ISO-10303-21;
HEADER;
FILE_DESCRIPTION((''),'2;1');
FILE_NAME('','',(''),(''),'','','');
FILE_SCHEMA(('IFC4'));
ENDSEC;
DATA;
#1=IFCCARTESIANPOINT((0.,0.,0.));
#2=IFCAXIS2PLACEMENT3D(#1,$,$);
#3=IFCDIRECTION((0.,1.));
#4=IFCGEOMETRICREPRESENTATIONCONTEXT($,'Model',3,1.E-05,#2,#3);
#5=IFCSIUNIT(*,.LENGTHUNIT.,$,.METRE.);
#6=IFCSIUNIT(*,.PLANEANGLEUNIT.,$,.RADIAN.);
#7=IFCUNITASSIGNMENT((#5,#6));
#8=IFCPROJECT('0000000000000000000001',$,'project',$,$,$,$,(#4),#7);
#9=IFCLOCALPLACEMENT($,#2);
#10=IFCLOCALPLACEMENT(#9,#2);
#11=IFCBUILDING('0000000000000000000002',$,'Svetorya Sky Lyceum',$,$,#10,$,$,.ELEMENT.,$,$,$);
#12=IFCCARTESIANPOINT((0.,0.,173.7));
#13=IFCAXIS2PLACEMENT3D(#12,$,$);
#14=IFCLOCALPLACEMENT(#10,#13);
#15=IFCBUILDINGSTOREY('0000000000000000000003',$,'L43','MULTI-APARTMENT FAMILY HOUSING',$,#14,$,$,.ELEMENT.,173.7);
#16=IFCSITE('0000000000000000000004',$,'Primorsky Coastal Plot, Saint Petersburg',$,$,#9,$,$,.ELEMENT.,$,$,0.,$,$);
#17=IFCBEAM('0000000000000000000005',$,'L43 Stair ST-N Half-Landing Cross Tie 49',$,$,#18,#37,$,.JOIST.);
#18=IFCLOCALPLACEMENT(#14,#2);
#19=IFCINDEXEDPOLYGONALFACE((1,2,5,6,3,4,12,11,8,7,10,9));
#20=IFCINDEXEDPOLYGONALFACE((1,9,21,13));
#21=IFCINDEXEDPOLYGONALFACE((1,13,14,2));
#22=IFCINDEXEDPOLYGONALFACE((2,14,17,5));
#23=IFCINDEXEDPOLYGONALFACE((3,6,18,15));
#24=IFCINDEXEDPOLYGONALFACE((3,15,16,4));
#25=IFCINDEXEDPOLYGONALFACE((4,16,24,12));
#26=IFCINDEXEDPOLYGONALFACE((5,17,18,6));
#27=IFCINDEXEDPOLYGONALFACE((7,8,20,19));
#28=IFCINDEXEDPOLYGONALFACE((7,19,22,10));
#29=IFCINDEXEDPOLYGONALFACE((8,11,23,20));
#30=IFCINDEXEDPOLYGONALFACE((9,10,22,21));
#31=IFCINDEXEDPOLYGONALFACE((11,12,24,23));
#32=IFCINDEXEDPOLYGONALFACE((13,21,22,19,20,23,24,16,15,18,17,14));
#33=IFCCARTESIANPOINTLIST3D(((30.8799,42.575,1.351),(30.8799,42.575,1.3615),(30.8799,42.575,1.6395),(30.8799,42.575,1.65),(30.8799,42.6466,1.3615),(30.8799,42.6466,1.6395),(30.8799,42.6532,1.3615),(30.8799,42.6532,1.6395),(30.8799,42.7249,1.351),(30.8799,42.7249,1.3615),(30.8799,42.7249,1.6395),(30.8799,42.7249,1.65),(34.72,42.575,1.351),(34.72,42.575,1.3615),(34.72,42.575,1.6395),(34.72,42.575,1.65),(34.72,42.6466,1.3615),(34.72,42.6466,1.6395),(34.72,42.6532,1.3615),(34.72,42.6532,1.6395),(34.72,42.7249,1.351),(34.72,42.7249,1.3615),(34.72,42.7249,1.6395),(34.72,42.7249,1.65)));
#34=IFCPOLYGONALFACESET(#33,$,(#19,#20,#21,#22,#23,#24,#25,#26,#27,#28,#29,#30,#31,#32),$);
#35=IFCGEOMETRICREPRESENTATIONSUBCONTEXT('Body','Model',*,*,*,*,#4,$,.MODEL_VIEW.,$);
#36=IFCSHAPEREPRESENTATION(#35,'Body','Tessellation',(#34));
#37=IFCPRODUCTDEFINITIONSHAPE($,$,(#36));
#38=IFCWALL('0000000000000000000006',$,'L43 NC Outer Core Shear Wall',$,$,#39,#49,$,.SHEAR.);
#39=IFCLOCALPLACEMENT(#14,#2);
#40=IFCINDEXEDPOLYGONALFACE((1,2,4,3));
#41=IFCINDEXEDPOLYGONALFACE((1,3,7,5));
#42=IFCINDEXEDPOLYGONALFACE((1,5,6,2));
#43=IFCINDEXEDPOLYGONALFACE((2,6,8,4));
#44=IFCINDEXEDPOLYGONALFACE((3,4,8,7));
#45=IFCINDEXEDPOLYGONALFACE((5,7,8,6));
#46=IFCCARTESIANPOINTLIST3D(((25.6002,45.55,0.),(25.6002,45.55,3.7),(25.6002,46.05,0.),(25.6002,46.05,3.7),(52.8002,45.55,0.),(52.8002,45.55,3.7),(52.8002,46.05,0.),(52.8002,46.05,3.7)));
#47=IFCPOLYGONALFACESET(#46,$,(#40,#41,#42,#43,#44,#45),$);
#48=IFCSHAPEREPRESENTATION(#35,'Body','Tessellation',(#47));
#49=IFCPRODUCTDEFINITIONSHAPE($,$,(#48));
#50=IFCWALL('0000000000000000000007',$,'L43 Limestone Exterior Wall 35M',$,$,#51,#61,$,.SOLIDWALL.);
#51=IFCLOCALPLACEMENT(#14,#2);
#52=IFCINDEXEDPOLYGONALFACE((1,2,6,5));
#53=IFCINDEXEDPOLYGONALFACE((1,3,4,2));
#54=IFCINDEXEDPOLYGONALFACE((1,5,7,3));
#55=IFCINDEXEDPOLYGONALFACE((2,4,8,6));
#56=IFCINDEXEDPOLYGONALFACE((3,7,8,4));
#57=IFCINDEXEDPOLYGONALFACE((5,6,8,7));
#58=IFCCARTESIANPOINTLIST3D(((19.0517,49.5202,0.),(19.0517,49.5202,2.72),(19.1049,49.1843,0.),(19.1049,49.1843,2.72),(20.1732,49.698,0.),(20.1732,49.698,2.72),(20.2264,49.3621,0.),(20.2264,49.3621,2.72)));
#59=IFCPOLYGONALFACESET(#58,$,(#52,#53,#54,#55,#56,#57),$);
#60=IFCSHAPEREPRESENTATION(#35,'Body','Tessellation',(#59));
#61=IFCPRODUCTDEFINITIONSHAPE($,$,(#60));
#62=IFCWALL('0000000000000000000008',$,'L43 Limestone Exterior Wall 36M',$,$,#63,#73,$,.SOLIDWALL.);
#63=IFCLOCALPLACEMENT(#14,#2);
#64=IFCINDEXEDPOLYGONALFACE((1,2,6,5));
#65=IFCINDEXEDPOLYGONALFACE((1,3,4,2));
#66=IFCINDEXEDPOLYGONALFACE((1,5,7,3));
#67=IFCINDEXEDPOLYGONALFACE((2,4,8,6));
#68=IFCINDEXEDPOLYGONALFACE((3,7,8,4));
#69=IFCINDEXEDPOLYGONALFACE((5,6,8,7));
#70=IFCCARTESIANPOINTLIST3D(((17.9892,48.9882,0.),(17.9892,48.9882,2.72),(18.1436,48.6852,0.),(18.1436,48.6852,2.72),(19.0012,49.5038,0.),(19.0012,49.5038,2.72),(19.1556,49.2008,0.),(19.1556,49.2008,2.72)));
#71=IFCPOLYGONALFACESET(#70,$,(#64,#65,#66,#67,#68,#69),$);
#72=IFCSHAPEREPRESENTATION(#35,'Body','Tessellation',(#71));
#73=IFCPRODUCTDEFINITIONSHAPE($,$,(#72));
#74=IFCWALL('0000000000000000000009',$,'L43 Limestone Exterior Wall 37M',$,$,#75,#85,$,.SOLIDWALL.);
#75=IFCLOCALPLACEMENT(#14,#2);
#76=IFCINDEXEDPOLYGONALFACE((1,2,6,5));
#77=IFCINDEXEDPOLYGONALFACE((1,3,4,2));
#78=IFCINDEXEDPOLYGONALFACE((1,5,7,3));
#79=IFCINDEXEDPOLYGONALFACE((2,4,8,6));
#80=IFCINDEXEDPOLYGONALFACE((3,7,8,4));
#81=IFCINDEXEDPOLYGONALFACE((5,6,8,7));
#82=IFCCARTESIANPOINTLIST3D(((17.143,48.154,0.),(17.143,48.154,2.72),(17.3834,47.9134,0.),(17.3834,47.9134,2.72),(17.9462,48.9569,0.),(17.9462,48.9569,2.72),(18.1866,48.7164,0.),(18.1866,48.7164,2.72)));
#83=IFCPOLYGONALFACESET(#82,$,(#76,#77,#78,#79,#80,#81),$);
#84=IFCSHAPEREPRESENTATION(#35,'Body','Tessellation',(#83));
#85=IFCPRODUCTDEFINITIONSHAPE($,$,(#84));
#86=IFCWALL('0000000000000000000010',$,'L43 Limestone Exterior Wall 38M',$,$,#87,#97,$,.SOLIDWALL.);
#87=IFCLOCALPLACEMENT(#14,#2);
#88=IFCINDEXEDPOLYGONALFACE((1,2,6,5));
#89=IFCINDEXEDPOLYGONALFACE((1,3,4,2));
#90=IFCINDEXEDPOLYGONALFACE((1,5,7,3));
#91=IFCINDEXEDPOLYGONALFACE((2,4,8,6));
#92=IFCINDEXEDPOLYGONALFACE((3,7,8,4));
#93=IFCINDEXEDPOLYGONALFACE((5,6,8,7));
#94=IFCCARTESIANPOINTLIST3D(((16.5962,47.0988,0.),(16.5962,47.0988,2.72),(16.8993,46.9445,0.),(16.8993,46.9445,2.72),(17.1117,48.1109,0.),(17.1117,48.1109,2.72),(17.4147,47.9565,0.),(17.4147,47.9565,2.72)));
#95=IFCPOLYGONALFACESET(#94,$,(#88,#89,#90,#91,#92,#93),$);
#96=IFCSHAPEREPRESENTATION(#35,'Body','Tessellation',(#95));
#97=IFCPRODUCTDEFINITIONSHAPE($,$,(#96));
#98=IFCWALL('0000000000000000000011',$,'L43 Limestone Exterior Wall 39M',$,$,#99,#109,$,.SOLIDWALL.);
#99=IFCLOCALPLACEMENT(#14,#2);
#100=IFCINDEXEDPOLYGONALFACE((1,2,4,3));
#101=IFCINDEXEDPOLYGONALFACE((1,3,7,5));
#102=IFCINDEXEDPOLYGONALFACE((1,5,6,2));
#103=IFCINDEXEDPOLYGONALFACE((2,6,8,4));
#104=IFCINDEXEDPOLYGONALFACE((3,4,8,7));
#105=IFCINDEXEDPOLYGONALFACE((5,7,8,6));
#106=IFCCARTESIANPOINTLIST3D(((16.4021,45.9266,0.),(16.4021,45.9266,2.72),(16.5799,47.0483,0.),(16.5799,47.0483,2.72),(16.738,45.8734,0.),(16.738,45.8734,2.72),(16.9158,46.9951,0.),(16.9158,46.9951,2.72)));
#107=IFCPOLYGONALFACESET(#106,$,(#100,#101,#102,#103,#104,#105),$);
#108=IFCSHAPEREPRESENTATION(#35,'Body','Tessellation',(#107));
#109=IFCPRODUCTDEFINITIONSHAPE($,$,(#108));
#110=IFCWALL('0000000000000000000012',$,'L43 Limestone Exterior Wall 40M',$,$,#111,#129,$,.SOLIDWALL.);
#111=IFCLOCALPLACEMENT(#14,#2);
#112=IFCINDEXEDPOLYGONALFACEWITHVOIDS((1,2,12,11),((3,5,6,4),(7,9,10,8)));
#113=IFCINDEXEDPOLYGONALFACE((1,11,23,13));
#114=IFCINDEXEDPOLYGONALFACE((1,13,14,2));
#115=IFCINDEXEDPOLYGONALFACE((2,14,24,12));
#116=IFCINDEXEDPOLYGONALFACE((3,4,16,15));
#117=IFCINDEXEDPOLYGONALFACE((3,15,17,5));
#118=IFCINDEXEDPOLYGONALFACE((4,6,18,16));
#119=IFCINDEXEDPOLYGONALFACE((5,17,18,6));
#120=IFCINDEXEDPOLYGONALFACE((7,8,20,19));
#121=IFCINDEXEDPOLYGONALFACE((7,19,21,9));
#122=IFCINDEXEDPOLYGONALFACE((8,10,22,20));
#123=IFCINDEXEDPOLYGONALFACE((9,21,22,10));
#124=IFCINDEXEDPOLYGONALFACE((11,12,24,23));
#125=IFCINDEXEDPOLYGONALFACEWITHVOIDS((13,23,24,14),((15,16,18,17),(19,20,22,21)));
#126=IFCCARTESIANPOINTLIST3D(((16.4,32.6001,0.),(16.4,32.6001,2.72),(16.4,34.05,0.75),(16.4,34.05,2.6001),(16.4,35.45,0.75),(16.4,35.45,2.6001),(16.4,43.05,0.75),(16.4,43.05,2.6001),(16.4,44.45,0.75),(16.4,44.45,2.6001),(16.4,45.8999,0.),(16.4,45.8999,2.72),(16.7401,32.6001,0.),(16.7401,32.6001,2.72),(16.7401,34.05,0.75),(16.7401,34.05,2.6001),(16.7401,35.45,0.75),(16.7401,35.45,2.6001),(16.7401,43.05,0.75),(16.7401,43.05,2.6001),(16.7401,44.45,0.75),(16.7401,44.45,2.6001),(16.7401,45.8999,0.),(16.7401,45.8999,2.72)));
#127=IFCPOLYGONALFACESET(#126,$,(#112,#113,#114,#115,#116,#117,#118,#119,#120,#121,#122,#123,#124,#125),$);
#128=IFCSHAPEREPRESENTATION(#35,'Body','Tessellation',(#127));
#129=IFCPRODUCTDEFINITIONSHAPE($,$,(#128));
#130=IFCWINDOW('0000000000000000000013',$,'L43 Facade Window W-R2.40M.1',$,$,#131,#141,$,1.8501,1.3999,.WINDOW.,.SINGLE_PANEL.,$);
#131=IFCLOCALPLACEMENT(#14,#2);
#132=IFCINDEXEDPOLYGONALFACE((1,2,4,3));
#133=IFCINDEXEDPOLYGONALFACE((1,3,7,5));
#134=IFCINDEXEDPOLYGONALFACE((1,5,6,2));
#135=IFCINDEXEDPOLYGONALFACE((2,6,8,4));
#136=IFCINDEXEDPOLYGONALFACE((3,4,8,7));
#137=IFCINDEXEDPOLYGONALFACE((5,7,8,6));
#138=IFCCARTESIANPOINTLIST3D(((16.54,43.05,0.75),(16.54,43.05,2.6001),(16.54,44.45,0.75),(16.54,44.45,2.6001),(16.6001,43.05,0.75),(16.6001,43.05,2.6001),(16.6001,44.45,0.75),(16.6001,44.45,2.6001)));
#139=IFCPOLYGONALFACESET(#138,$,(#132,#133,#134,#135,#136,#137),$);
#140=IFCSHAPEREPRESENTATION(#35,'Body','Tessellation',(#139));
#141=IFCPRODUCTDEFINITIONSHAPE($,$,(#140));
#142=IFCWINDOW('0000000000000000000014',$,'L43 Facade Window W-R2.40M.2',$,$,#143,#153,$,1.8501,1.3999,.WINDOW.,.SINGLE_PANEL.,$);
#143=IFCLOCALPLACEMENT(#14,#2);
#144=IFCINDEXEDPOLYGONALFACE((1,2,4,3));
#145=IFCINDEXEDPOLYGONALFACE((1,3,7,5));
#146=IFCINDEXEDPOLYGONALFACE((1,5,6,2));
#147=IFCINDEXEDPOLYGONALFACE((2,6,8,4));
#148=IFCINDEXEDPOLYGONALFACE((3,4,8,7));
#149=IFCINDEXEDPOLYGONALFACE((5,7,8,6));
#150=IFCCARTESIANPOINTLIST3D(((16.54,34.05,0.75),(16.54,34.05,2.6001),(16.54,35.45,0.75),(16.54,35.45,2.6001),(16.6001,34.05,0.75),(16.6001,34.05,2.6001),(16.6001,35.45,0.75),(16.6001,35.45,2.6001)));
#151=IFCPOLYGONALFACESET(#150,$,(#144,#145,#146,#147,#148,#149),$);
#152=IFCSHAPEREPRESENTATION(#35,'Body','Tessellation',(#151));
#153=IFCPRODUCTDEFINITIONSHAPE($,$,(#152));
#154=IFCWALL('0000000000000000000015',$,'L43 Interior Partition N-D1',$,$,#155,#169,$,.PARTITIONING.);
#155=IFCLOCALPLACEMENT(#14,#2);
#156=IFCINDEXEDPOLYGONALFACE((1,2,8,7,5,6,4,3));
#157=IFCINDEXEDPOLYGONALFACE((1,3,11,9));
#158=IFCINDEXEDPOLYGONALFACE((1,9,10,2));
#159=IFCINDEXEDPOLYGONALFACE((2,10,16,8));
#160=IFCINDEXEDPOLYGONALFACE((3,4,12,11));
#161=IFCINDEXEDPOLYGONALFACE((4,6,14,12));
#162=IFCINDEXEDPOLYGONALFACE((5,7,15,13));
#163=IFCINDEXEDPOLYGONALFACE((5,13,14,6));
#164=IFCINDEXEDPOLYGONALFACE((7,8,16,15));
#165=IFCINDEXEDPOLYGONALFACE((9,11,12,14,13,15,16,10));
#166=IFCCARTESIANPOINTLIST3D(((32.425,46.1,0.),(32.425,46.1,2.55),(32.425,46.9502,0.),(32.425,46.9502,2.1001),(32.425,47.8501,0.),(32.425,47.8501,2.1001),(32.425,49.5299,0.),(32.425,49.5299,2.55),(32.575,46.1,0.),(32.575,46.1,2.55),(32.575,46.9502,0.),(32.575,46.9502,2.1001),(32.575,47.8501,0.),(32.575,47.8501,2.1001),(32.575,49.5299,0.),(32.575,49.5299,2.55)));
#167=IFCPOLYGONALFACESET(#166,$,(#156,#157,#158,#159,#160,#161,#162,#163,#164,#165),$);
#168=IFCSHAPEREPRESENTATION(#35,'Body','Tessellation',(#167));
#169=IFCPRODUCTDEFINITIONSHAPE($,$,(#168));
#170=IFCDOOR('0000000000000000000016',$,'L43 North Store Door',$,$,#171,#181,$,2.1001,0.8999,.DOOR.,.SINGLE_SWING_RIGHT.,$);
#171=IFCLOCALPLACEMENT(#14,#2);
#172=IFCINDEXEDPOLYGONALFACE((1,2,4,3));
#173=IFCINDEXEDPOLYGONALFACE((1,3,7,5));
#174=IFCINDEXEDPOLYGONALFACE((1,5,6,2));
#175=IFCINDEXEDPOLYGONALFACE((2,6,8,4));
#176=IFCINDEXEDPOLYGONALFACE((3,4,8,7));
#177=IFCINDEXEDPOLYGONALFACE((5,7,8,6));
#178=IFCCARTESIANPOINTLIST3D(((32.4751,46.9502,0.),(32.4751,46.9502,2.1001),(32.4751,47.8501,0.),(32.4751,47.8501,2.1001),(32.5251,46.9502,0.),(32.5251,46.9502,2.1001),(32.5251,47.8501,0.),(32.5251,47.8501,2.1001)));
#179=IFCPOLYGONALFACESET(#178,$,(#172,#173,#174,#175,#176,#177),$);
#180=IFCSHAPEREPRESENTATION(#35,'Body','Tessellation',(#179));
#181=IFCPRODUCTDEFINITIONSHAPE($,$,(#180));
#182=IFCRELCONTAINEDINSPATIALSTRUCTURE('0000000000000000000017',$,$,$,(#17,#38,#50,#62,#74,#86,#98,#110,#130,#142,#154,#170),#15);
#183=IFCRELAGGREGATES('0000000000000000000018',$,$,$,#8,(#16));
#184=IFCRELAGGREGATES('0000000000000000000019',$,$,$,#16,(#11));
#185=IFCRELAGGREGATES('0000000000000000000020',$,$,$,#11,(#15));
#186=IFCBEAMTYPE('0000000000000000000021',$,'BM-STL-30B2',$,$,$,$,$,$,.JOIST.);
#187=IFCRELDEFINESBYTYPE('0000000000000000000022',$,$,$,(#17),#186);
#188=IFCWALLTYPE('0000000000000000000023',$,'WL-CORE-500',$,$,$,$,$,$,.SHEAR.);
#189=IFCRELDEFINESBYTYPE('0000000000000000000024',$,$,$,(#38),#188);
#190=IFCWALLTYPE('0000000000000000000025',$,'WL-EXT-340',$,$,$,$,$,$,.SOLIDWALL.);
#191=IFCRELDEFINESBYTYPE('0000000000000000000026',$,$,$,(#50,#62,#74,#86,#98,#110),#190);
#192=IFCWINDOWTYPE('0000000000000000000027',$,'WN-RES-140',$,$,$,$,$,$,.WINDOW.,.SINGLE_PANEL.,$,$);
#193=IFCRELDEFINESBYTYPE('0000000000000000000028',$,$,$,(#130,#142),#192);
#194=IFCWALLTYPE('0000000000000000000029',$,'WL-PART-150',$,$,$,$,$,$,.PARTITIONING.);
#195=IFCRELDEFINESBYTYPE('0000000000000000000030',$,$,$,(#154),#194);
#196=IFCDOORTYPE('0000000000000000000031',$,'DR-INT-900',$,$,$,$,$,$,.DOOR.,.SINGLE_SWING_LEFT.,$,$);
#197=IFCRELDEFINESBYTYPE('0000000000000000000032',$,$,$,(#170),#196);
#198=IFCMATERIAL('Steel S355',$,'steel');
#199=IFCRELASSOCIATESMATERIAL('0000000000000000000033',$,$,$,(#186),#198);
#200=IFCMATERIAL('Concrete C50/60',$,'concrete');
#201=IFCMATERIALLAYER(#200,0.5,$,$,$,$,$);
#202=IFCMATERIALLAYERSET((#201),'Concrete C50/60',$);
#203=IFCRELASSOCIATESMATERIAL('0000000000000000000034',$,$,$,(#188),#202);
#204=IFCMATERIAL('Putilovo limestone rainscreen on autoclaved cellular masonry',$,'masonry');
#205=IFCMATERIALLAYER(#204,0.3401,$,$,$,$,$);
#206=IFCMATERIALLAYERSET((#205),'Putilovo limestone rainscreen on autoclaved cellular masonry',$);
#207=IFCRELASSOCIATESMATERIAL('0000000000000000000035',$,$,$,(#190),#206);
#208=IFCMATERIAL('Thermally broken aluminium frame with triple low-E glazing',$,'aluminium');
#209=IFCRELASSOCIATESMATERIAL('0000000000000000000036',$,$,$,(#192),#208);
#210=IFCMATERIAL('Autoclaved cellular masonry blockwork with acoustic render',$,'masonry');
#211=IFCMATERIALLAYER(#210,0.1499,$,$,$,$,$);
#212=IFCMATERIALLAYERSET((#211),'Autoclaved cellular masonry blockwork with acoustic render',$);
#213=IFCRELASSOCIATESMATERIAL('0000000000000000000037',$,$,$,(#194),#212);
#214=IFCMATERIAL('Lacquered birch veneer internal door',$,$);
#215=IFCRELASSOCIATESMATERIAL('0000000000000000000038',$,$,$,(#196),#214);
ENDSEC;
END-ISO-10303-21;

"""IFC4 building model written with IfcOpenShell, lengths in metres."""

from ifc_helpers import new_model, si_unit, direction, frame, frame_2d, origin, origin_2d, place, context, subcontext, project, spatial, rectangle, i_section, extrude, material, layer, layer_set, material_profile, profile_set, type_object, element, fill, save


model = new_model("IFC4")

# Units and contexts
model_context = context("Model", 3, precision=1e-05, world=origin(), true_north=direction((0.0, 1.0)))
body_context = subcontext(model_context, "Body", "Model", "MODEL_VIEW")
ifc_project = project(units=[si_unit("LENGTHUNIT", "METRE"), si_unit("PLANEANGLEUNIT", "RADIAN")], contexts=[model_context])

# Site, building, storey
site_placement = place(None, origin())
site = spatial("IfcSite", under=ifc_project, at=site_placement, Name="Primorsky Coastal Plot, Saint Petersburg", CompositionType="ELEMENT", RefElevation=0.0)
building_placement = place(site_placement, origin())
building = spatial("IfcBuilding", under=site, at=building_placement, Name="Svetorya Sky Lyceum", CompositionType="ELEMENT")
storey_placement = place(building_placement, frame((0.0, 0.0, 173.7)))
storey = spatial("IfcBuildingStorey", under=building, at=storey_placement, Name="L43", Description="MULTI-APARTMENT FAMILY HOUSING", CompositionType="ELEMENT", Elevation=173.7)

# Shared definitions
ifc_material_1 = material(Name="Concrete C50/60", Category="concrete")

# Beam
ifc_material_2 = material(Name="Steel S355", Category="steel")
ifc_material_profile_1 = material_profile(ifc_material_2, i_section(OverallWidth=0.1499, OverallDepth=0.2991, WebThickness=0.0066, FlangeThickness=0.0105, at=origin_2d()), Name="GOST 30B2")
ifc_profile_set_1 = profile_set([ifc_material_profile_1], Name="Steel S355")
beam_type_1 = type_object("IfcBeamType", Name="BM-STL-30B2", PredefinedType="JOIST", material=ifc_profile_set_1)
beam_1_placement = place(storey_placement, frame((30.8799, 42.6499, 1.5005), z_axis=(1.0, 0.0, 0.0), x_axis=(0.0, 1.0, 0.0)))
element("IfcBeam", 1, at=beam_1_placement, inside=storey, type_object=beam_type_1, Name="L43 Stair ST-N Half-Landing Cross Tie 49", PredefinedType="JOIST", context=body_context, shape_type="SweptSolid", body=[
    extrude(i_section(OverallWidth=0.1499, OverallDepth=0.2991, WebThickness=0.0066, FlangeThickness=0.0105, at=origin_2d()), origin(), (0.0, 0.0, 1.0), 3.8401),
])

# Walls
ifc_layer_1 = layer(ifc_material_1, 0.5)
ifc_layer_set_1 = layer_set([ifc_layer_1], Name="Concrete C50/60")
wall_type_1 = type_object("IfcWallType", Name="WL-CORE-500", PredefinedType="SHEAR", material=ifc_layer_set_1)
wall_1_placement = place(storey_placement, frame((25.6001, 45.8, 0.0), z_axis=(0.0, 0.0, 1.0), x_axis=(1.0, 0.0, 0.0)))
element("IfcWall", 2, at=wall_1_placement, inside=storey, type_object=wall_type_1, Name="L43 NC Outer Core Shear Wall", PredefinedType="SHEAR", context=body_context, shape_type="SweptSolid", body=[
    extrude(rectangle(XDim=27.2, YDim=0.5, at=frame_2d((13.6001, 0.0))), origin(), (0.0, 0.0, 1.0), 3.7),
])
ifc_material_3 = material(Name="Putilovo limestone rainscreen on autoclaved cellular masonry", Category="masonry")
ifc_layer_2 = layer(ifc_material_3, 0.3401)
ifc_layer_set_2 = layer_set([ifc_layer_2], Name="Putilovo limestone rainscreen on autoclaved cellular masonry")
wall_type_2 = type_object("IfcWallType", Name="WL-EXT-340", PredefinedType="SOLIDWALL", material=ifc_layer_set_2)
wall_2_placement = place(storey_placement, frame((20.2, 49.53, 0.0), z_axis=(0.0, 0.0, 1.0), x_axis=(-0.987676, -0.156515, 0.0)))
element("IfcWall", 3, at=wall_2_placement, inside=storey, type_object=wall_type_2, Name="L43 Limestone Exterior Wall 35M", PredefinedType="SOLIDWALL", context=body_context, shape_type="SweptSolid", body=[
    extrude(rectangle(XDim=1.1355, YDim=0.3401, at=frame_2d((0.5679, 0.0))), origin(), (0.0, 0.0, 1.0), 2.72),
])
for number, where, z_axis, x_axis, name in (
    (4, (19.0784, 49.3523, 0.0), (0.0, 0.0, 1.0), (-0.891005, -0.453993, 0.0), "L43 Limestone Exterior Wall 36M"),
    (5, (18.0664, 48.8367, 0.0), (0.0, 0.0, 1.0), (-0.707214, -0.706999, 0.0), "L43 Limestone Exterior Wall 37M"),
    (6, (17.2632, 48.0337, 0.0), (0.0, 0.0, 1.0), (-0.453823, -0.891092, 0.0), "L43 Limestone Exterior Wall 38M"),
    (7, (16.7478, 47.0217, 0.0), (0.0, 0.0, 1.0), (-0.156481, -0.987681, 0.0), "L43 Limestone Exterior Wall 39M"),
):
    element("IfcWall", number, at=place(storey_placement, frame(where, z_axis=z_axis, x_axis=x_axis)), inside=storey, type_object=wall_type_2, Name=name, PredefinedType="SOLIDWALL", context=body_context, shape_type="SweptSolid", body=[
        extrude(rectangle(XDim=1.1357, YDim=0.3401, at=frame_2d((0.5679, 0.0))), origin(), (0.0, 0.0, 1.0), 2.72),
    ])

# Wall, openings, windows
wall_3_placement = place(storey_placement, frame((16.5701, 45.8999, 0.0), z_axis=(0.0, 0.0, 1.0), x_axis=(0.0, -1.0, 0.0)))
wall_3 = element("IfcWall", 8, at=wall_3_placement, inside=storey, type_object=wall_type_2, Name="L43 Limestone Exterior Wall 40M", PredefinedType="SOLIDWALL", context=body_context, shape_type="SweptSolid", body=[
    extrude(rectangle(XDim=13.2998, YDim=0.3401, at=frame_2d((6.6499, 0.0))), origin(), (0.0, 0.0, 1.0), 2.72),
])
opening_1_placement = place(wall_3_placement, frame((1.45, 0.0, 0.75)))
opening_1 = element("IfcOpeningElement", 9, at=opening_1_placement, cuts=wall_3, PredefinedType="OPENING", context=body_context, shape_type="SweptSolid", body=[
    extrude(rectangle(XDim=1.3999, YDim=1.8501, at=frame_2d((0.7, 0.925))), frame((0.0, 0.1799, 0.0), z_axis=(0.0, -1.0, 0.0), x_axis=(1.0, 0.0, 0.0)), (0.0, 0.0, 1.0), 0.3601),
])
opening_2_placement = place(wall_3_placement, frame((10.45, 0.0, 0.75)))
opening_2 = element("IfcOpeningElement", 10, at=opening_2_placement, cuts=wall_3, PredefinedType="OPENING", context=body_context, shape_type="SweptSolid", body=[
    extrude(rectangle(XDim=1.3999, YDim=1.8501, at=frame_2d((0.7, 0.925))), frame((0.0, 0.1799, 0.0), z_axis=(0.0, -1.0, 0.0), x_axis=(1.0, 0.0, 0.0)), (0.0, 0.0, 1.0), 0.3601),
])
ifc_material_4 = material(Name="Thermally broken aluminium frame with triple low-E glazing", Category="aluminium")
window_type = type_object("IfcWindowType", Name="WN-RES-140", PartitioningType="SINGLE_PANEL", PredefinedType="WINDOW", material=ifc_material_4)
window_1_placement = place(opening_1_placement, origin())
window_1 = element("IfcWindow", 11, at=window_1_placement, inside=storey, type_object=window_type, Name="L43 Facade Window W-R2.40M.1", OverallHeight=1.8501, OverallWidth=1.3999, PartitioningType="SINGLE_PANEL", PredefinedType="WINDOW", context=body_context, shape_type="SweptSolid", body=[
    extrude(rectangle(XDim=1.3999, YDim=1.8501, at=frame_2d((0.7, 0.925))), frame((0.0, 0.03, 0.0), z_axis=(0.0, -1.0, 0.0), x_axis=(1.0, 0.0, 0.0)), (0.0, 0.0, 1.0), 0.0601),
])
fill(opening_1, window_1)
window_2_placement = place(opening_2_placement, origin())
window_2 = element("IfcWindow", 12, at=window_2_placement, inside=storey, type_object=window_type, Name="L43 Facade Window W-R2.40M.2", OverallHeight=1.8501, OverallWidth=1.3999, PartitioningType="SINGLE_PANEL", PredefinedType="WINDOW", context=body_context, shape_type="SweptSolid", body=[
    extrude(rectangle(XDim=1.3999, YDim=1.8501, at=frame_2d((0.7, 0.925))), frame((0.0, 0.03, 0.0), z_axis=(0.0, -1.0, 0.0), x_axis=(1.0, 0.0, 0.0)), (0.0, 0.0, 1.0), 0.0601),
])
fill(opening_2, window_2)

# Wall, opening, door
ifc_material_5 = material(Name="Autoclaved cellular masonry blockwork with acoustic render", Category="masonry")
ifc_layer_3 = layer(ifc_material_5, 0.1499)
ifc_layer_set_3 = layer_set([ifc_layer_3], Name="Autoclaved cellular masonry blockwork with acoustic render")
wall_type_3 = type_object("IfcWallType", Name="WL-PART-150", PredefinedType="PARTITIONING", material=ifc_layer_set_3)
wall_4_placement = place(storey_placement, frame((32.5, 46.1001, 0.0), z_axis=(0.0, 0.0, 1.0), x_axis=(0.0, 1.0, 0.0)))
wall_4 = element("IfcWall", 13, at=wall_4_placement, inside=storey, type_object=wall_type_3, Name="L43 Interior Partition N-D1", PredefinedType="PARTITIONING", context=body_context, shape_type="SweptSolid", body=[
    extrude(rectangle(XDim=3.4299, YDim=0.1499, at=frame_2d((1.7148, 0.0))), origin(), (0.0, 0.0, 1.0), 2.55),
])
opening_3_placement = place(wall_4_placement, frame((0.8501, 0.0, 0.0)))
opening_3 = element("IfcOpeningElement", 14, at=opening_3_placement, cuts=wall_4, PredefinedType="OPENING", context=body_context, shape_type="SweptSolid", body=[
    extrude(rectangle(XDim=0.8999, YDim=2.1001, at=frame_2d((0.45, 1.05))), frame((0.0, 0.085, 0.0), z_axis=(0.0, -1.0, 0.0), x_axis=(1.0, 0.0, 0.0)), (0.0, 0.0, 1.0), 0.1699),
])
ifc_material_6 = material(Name="Lacquered birch veneer internal door")
door_type = type_object("IfcDoorType", Name="DR-INT-900", OperationType="SINGLE_SWING_LEFT", PredefinedType="DOOR", material=ifc_material_6)
door_1_placement = place(opening_3_placement, origin())
door_1 = element("IfcDoor", 15, at=door_1_placement, inside=storey, type_object=door_type, Name="L43 North Store Door", OperationType="SINGLE_SWING_RIGHT", OverallHeight=2.1001, OverallWidth=0.8999, PredefinedType="DOOR", context=body_context, shape_type="SweptSolid", body=[
    extrude(rectangle(XDim=0.8999, YDim=2.1001, at=frame_2d((0.45, 1.05))), frame((0.0, 0.0249, 0.0), z_axis=(0.0, -1.0, 0.0), x_axis=(1.0, 0.0, 0.0)), (0.0, 0.0, 1.0), 0.05),
])
fill(opening_3, door_1)

save(model, "model.ifc")
